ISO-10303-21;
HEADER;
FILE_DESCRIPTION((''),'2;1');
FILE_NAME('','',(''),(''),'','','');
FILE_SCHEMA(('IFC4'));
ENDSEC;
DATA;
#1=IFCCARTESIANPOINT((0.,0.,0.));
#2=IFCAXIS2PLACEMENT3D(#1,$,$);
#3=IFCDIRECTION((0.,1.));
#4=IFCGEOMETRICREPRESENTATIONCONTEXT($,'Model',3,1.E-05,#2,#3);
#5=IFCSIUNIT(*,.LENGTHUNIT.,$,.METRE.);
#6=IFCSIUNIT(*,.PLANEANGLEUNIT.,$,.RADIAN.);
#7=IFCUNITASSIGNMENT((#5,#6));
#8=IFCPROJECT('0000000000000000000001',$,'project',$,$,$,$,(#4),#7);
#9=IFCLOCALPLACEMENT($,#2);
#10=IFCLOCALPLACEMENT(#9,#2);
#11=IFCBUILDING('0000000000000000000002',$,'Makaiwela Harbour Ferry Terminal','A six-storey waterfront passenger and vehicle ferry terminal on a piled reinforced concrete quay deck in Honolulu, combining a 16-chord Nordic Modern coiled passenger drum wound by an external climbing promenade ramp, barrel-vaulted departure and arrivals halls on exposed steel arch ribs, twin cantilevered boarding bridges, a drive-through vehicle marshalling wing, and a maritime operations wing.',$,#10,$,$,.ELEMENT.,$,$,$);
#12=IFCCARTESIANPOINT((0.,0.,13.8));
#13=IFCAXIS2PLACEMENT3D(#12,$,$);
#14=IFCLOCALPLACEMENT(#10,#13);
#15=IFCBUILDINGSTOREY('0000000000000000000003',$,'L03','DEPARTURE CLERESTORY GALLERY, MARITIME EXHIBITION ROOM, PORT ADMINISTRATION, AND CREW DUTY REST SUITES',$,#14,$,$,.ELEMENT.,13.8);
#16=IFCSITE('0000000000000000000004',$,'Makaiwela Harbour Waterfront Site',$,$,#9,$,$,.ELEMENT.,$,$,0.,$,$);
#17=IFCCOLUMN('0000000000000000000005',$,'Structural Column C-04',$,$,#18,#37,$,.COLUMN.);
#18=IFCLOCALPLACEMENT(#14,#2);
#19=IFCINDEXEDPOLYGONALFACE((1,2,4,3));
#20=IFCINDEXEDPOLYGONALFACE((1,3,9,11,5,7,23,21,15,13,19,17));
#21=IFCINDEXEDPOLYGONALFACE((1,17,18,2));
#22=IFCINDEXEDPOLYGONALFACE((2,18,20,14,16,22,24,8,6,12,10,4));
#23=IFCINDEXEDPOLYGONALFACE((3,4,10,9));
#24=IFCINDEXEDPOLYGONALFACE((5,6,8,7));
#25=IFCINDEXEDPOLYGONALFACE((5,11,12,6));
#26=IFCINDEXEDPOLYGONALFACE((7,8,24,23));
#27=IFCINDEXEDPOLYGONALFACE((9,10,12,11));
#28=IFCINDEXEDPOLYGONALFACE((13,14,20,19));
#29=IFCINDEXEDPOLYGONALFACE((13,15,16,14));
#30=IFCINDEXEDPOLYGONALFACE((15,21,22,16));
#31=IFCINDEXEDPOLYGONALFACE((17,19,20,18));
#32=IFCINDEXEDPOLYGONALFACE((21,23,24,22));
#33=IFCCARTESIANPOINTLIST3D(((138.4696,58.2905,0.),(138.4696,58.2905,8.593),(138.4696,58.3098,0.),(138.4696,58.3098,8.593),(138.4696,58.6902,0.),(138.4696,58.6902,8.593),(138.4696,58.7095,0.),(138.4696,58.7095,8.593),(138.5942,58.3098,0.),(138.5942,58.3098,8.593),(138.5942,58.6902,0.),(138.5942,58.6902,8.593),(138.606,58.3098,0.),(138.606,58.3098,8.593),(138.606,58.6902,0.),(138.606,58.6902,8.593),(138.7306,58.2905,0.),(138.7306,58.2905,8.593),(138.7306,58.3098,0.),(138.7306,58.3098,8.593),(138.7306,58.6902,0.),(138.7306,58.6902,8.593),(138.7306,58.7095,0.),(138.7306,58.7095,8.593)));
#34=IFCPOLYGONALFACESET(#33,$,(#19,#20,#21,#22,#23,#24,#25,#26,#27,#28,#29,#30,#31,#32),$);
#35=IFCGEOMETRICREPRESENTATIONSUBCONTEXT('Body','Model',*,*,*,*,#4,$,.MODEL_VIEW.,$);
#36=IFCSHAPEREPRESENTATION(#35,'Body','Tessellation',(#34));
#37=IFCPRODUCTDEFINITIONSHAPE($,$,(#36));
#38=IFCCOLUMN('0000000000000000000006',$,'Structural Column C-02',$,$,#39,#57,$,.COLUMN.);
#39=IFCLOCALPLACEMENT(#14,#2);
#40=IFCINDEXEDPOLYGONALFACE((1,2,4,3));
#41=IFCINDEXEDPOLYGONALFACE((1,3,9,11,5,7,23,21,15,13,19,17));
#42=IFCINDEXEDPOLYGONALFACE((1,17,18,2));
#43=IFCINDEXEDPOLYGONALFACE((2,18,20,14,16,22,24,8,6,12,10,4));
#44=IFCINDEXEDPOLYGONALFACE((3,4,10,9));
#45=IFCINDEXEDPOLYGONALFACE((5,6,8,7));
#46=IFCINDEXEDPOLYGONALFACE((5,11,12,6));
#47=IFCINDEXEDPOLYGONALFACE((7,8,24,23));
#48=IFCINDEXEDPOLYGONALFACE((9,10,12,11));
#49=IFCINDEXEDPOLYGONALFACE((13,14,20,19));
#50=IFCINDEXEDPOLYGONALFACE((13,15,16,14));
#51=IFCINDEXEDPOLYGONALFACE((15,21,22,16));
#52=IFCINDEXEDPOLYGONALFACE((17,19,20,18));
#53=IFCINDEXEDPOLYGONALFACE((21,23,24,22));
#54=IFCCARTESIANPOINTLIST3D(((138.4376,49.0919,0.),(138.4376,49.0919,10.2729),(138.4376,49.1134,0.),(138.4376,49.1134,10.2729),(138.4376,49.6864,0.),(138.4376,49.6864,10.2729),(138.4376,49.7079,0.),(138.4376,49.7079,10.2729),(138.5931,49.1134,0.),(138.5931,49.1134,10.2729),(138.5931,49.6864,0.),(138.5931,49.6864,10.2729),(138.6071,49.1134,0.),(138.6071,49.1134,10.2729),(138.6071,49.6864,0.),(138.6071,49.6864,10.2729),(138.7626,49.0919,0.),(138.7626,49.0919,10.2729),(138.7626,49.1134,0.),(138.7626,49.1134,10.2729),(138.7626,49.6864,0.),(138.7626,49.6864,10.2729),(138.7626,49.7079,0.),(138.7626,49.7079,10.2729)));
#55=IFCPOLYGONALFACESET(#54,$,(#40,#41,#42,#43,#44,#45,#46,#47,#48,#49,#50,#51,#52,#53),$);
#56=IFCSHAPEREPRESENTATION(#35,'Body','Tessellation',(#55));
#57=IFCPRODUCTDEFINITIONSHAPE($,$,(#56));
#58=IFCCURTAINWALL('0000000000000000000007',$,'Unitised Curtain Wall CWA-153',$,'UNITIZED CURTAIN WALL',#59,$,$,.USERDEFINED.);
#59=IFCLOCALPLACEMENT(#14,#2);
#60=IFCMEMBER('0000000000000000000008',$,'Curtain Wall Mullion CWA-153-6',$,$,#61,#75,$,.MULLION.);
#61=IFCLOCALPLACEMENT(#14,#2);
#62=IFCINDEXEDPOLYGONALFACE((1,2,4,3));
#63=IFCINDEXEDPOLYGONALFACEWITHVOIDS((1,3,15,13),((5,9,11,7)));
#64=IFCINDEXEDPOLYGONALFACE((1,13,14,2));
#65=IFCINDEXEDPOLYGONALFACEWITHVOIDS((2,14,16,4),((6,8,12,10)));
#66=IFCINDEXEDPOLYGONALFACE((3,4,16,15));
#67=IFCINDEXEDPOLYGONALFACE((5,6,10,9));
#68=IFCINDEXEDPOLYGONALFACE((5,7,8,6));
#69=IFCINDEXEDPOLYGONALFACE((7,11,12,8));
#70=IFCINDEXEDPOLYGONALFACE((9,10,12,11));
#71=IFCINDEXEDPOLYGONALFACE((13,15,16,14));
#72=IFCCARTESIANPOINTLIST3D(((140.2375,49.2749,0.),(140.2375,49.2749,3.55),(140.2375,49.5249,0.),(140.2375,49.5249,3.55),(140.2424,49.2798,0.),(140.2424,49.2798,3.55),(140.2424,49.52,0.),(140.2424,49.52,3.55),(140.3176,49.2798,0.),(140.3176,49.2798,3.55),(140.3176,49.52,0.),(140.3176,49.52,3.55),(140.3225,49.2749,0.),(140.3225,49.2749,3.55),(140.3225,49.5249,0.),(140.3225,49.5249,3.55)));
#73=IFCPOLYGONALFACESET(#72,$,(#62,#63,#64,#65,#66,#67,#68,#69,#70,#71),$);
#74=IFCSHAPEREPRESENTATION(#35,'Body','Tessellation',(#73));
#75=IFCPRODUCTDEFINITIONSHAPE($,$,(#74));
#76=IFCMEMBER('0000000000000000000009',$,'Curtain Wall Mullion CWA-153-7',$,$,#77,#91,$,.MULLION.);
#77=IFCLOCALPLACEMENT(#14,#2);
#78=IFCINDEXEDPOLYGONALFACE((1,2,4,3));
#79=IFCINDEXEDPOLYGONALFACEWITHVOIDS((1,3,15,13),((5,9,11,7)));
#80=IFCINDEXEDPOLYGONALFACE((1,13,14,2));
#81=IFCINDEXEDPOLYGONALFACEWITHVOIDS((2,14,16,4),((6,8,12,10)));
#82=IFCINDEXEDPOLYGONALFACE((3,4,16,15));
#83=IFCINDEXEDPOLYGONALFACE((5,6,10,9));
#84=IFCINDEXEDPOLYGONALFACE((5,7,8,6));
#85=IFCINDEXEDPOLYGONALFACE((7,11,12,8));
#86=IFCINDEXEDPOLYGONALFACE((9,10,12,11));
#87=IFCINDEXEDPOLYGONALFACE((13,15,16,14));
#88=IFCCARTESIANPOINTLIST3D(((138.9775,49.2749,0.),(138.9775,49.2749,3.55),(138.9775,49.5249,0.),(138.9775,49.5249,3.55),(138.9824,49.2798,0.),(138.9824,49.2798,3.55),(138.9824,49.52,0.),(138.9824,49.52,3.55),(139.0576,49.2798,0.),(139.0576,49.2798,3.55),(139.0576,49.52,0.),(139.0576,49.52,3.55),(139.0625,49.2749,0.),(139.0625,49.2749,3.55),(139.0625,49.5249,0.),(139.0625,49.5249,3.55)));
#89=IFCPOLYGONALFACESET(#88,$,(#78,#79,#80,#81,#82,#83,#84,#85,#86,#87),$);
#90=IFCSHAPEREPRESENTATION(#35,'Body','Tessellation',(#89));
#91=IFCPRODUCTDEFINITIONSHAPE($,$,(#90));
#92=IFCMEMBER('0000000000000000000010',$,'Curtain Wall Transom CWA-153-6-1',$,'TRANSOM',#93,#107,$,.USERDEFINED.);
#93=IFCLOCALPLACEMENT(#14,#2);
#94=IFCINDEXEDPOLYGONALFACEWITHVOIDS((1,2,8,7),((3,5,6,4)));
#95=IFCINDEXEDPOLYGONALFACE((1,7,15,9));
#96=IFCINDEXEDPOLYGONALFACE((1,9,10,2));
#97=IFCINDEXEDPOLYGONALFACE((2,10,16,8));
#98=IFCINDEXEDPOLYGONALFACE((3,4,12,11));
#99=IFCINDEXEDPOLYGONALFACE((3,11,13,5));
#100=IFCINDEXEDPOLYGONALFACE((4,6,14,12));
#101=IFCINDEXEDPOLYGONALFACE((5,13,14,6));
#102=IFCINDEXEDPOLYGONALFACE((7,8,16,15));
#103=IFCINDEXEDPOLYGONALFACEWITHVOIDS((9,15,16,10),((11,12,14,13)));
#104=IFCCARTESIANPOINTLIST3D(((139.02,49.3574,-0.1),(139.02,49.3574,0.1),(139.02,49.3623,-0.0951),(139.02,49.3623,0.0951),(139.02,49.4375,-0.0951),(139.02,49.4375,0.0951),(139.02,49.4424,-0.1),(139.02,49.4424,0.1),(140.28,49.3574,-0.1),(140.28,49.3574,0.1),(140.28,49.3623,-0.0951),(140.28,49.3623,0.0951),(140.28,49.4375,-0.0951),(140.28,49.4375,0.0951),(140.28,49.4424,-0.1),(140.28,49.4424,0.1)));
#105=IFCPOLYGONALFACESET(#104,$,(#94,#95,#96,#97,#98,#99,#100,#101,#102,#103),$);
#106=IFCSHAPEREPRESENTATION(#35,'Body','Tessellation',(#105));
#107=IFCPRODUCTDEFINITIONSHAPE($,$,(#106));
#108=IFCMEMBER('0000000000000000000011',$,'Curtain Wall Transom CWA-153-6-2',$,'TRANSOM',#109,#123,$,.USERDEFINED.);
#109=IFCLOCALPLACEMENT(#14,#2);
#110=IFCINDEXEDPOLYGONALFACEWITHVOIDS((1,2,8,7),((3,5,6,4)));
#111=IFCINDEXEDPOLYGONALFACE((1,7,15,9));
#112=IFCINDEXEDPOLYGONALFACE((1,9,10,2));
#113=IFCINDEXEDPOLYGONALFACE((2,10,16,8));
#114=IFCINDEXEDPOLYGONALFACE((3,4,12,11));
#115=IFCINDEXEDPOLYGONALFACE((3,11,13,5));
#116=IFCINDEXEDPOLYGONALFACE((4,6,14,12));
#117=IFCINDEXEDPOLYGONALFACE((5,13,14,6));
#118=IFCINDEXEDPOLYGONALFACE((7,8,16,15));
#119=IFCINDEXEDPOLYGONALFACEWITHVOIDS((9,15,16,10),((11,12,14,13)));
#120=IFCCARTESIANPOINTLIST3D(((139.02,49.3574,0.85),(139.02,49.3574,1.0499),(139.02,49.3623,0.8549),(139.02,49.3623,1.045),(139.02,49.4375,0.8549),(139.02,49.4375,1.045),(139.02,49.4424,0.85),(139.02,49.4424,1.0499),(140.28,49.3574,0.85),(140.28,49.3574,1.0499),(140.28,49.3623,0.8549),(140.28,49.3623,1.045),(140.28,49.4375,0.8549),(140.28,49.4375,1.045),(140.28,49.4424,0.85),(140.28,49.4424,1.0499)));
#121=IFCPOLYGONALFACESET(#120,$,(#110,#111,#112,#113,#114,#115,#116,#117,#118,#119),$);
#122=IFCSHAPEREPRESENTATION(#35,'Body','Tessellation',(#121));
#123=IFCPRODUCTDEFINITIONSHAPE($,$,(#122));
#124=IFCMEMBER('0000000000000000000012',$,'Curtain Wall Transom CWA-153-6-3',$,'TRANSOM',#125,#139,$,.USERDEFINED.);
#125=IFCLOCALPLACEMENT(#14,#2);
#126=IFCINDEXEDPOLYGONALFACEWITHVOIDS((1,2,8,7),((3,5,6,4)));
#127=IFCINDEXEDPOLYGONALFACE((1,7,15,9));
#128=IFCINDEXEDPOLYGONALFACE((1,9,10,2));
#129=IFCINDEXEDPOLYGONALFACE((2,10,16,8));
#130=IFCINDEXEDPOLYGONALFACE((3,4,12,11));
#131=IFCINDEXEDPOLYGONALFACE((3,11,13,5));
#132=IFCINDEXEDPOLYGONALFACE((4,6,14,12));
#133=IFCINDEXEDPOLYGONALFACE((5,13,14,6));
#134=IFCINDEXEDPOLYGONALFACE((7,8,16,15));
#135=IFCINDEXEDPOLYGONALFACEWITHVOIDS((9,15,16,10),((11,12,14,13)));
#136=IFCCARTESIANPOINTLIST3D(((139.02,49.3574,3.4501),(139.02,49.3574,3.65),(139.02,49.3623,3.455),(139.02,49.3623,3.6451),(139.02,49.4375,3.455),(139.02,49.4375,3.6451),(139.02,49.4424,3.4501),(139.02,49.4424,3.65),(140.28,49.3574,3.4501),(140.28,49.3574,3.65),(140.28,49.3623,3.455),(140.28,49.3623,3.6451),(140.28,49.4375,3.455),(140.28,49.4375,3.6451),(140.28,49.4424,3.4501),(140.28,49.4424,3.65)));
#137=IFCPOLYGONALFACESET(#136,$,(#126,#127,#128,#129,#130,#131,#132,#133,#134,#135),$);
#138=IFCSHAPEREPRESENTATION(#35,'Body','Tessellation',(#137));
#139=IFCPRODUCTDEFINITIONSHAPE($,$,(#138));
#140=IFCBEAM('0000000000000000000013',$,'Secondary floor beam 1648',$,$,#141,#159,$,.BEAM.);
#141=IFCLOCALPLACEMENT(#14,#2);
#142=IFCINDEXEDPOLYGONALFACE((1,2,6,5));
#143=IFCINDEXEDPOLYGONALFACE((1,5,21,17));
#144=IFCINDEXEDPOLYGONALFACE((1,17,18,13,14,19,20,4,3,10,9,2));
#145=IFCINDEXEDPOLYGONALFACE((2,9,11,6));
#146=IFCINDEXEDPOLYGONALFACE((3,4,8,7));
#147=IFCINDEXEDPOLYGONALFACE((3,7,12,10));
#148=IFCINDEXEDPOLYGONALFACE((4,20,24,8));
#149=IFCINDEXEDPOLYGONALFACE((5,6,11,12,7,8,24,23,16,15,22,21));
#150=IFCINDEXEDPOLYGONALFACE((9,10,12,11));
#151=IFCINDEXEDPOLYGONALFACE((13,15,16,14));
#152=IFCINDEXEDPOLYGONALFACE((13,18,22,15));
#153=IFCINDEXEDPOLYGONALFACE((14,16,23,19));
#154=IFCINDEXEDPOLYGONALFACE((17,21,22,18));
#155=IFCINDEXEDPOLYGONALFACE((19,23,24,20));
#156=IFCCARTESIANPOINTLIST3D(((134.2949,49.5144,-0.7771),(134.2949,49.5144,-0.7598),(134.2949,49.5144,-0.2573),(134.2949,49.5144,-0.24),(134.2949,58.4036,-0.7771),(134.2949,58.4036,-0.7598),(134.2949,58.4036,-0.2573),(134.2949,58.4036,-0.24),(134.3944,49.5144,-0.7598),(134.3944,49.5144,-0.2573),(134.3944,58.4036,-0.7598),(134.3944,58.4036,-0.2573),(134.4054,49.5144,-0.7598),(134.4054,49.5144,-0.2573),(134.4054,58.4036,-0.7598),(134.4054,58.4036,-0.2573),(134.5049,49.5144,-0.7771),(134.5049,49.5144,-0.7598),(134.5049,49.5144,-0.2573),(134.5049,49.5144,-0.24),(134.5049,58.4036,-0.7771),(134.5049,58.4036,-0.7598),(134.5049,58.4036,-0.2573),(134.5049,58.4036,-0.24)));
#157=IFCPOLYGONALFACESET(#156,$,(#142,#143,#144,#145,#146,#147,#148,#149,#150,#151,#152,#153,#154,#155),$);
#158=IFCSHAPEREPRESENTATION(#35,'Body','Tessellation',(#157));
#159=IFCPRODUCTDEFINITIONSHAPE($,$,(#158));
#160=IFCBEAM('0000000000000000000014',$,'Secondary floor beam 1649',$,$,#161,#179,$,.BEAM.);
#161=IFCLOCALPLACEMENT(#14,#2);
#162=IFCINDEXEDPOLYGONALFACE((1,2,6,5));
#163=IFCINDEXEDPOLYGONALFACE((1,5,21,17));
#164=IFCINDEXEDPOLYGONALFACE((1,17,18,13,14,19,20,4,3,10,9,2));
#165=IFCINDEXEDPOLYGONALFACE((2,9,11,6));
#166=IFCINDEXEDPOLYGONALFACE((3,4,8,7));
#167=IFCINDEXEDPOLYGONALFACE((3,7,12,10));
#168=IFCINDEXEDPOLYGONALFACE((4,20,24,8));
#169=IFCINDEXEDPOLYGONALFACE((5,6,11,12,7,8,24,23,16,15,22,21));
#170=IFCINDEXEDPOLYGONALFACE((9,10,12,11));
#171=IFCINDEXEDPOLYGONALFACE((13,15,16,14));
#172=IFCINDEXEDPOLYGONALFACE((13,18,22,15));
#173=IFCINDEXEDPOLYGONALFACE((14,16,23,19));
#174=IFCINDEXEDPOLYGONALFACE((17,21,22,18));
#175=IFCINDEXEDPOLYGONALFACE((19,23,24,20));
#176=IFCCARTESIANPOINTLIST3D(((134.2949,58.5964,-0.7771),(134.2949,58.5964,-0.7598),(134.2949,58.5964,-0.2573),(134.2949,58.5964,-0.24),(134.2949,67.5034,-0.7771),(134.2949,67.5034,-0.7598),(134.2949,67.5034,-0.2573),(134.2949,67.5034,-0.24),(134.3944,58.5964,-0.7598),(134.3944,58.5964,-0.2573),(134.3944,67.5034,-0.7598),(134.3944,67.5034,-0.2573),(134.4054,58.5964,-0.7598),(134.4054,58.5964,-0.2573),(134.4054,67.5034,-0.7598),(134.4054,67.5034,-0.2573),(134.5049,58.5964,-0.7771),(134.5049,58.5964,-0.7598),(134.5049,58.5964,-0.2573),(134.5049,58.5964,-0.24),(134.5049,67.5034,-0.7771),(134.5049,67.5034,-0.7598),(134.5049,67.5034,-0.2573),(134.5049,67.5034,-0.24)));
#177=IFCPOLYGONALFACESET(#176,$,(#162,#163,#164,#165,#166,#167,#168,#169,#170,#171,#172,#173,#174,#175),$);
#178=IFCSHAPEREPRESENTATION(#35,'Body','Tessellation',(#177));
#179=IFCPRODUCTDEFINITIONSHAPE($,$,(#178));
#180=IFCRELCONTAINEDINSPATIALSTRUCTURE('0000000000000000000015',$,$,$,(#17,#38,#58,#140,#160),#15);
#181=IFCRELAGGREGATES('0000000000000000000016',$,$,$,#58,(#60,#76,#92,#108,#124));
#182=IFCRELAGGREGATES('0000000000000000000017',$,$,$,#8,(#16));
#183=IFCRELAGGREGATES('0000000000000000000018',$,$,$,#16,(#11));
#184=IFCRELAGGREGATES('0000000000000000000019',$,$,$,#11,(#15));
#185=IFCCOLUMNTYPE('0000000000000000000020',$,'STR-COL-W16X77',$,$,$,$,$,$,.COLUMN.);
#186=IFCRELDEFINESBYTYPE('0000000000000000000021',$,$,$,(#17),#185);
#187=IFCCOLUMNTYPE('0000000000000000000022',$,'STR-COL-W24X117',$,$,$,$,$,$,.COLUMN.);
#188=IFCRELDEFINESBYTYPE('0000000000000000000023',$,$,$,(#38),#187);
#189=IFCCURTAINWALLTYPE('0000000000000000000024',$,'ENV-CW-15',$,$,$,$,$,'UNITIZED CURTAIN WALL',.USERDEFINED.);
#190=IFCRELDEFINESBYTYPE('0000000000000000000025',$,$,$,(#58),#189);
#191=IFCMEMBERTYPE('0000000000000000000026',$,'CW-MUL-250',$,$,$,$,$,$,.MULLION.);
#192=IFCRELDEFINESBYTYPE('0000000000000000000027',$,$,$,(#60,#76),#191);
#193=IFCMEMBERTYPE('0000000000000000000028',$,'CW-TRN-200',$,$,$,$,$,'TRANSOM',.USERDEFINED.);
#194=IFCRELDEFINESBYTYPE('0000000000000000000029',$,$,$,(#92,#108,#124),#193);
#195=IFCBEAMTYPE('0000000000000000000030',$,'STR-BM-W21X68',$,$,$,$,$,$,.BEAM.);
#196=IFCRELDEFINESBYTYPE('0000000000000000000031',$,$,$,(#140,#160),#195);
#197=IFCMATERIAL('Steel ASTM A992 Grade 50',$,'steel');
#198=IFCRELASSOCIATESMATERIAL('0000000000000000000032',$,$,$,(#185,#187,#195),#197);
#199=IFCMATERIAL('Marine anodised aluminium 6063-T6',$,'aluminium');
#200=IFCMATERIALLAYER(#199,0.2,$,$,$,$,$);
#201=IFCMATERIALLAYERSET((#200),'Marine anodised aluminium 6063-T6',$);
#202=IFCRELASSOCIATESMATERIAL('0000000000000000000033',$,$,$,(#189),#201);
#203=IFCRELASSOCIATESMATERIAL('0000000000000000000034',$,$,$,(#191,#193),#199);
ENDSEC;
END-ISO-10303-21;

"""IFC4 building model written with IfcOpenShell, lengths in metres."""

from ifc_helpers import new_model, si_unit, direction, frame, origin, origin_2d, place, context, subcontext, project, spatial, hollow_rectangle, i_section, extrude, material, layer, layer_set, material_profile, profile_set, type_object, element, aggregate, save


model = new_model("IFC4")

# Units and contexts
model_context = context("Model", 3, precision=1e-05, world=origin(), true_north=direction((0.0, 1.0)))
body_context = subcontext(model_context, "Body", "Model", "MODEL_VIEW")
ifc_project = project(units=[si_unit("LENGTHUNIT", "METRE"), si_unit("PLANEANGLEUNIT", "RADIAN")], contexts=[model_context])

# Site, building, storey
site_placement = place(None, origin())
site = spatial("IfcSite", under=ifc_project, at=site_placement, Name="Makaiwela Harbour Waterfront Site", CompositionType="ELEMENT", RefElevation=0.0)
building_placement = place(site_placement, origin())
building = spatial("IfcBuilding", under=site, at=building_placement, Name="Makaiwela Harbour Ferry Terminal", Description="A six-storey waterfront passenger and vehicle ferry terminal on a piled reinforced concrete quay deck in Honolulu, combining a 16-chord Nordic Modern coiled passenger drum wound by an external climbing promenade ramp, barrel-vaulted departure and arrivals halls on exposed steel arch ribs, twin cantilevered boarding bridges, a drive-through vehicle marshalling wing, and a maritime operations wing.", CompositionType="ELEMENT")
storey_placement = place(building_placement, frame((0.0, 0.0, 13.8)))
storey = spatial("IfcBuildingStorey", under=building, at=storey_placement, Name="L03", Description="DEPARTURE CLERESTORY GALLERY, MARITIME EXHIBITION ROOM, PORT ADMINISTRATION, AND CREW DUTY REST SUITES", CompositionType="ELEMENT", Elevation=13.8)

# Columns
ifc_material_1 = material(Name="Steel ASTM A992 Grade 50", Category="steel")
ifc_material_profile_1 = material_profile(ifc_material_1, i_section(OverallWidth=0.261, OverallDepth=0.4189, WebThickness=0.0117, FlangeThickness=0.0193, at=origin_2d()), Name="W16X77")
ifc_profile_set_1 = profile_set([ifc_material_profile_1], Name="Steel ASTM A992 Grade 50")
column_type_1 = type_object("IfcColumnType", Name="STR-COL-W16X77", PredefinedType="COLUMN", material=ifc_profile_set_1)
column_1_placement = place(storey_placement, frame((138.6001, 58.5, 0.0), z_axis=(0.0, 0.0, 1.0), x_axis=(1.0, 0.0, 0.0)))
element("IfcColumn", 1, at=column_1_placement, inside=storey, type_object=column_type_1, Name="Structural Column C-04", PredefinedType="COLUMN", context=body_context, shape_type="SweptSolid", body=[
    extrude(i_section(OverallWidth=0.261, OverallDepth=0.4189, WebThickness=0.0117, FlangeThickness=0.0193, at=origin_2d()), origin(), (0.0, 0.0, 1.0), 8.593),
])
ifc_material_profile_2 = material_profile(ifc_material_1, i_section(OverallWidth=0.325, OverallDepth=0.616, WebThickness=0.0139, FlangeThickness=0.0215, at=origin_2d()), Name="W24X117")
ifc_profile_set_2 = profile_set([ifc_material_profile_2], Name="Steel ASTM A992 Grade 50")
column_type_2 = type_object("IfcColumnType", Name="STR-COL-W24X117", PredefinedType="COLUMN", material=ifc_profile_set_2)
column_2_placement = place(storey_placement, frame((138.6001, 49.3999, 0.0), z_axis=(0.0, 0.0, 1.0), x_axis=(1.0, 0.0, 0.0)))
element("IfcColumn", 2, at=column_2_placement, inside=storey, type_object=column_type_2, Name="Structural Column C-02", PredefinedType="COLUMN", context=body_context, shape_type="SweptSolid", body=[
    extrude(i_section(OverallWidth=0.325, OverallDepth=0.616, WebThickness=0.0139, FlangeThickness=0.0215, at=origin_2d()), origin(), (0.0, 0.0, 1.0), 10.2729),
])

# Curtain wall, members
ifc_material_2 = material(Name="Marine anodised aluminium 6063-T6", Category="aluminium")
ifc_layer_1 = layer(ifc_material_2, 0.2)
ifc_layer_set_1 = layer_set([ifc_layer_1], Name="Marine anodised aluminium 6063-T6")
curtain_wall_type = type_object("IfcCurtainWallType", Name="ENV-CW-15", ElementType="UNITIZED CURTAIN WALL", PredefinedType="USERDEFINED", material=ifc_layer_set_1)
curtain_wall_placement = place(storey_placement, origin())
curtain_wall = element("IfcCurtainWall", 3, at=curtain_wall_placement, inside=storey, type_object=curtain_wall_type, Name="Unitised Curtain Wall CWA-153", ObjectType="UNITIZED CURTAIN WALL", PredefinedType="USERDEFINED")
ifc_material_profile_3 = material_profile(ifc_material_2, hollow_rectangle(XDim=0.085, YDim=0.25, WallThickness=0.0049, at=origin_2d()), Name="CWM-250X85")
ifc_profile_set_3 = profile_set([ifc_material_profile_3], Name="Marine anodised aluminium 6063-T6")
member_type_1 = type_object("IfcMemberType", Name="CW-MUL-250", PredefinedType="MULLION", material=ifc_profile_set_3)
member_1_placement = place(storey_placement, frame((140.28, 49.3999, 0.0), z_axis=(0.0, 0.0, 1.0), x_axis=(1.0, 0.0, 0.0)))
member_1 = element("IfcMember", 4, at=member_1_placement, type_object=member_type_1, Name="Curtain Wall Mullion CWA-153-6", PredefinedType="MULLION", context=body_context, shape_type="SweptSolid", body=[
    extrude(hollow_rectangle(XDim=0.085, YDim=0.25, WallThickness=0.0049, at=origin_2d()), origin(), (0.0, 0.0, 1.0), 3.55),
])
member_2_placement = place(storey_placement, frame((139.02, 49.3999, 0.0), z_axis=(0.0, 0.0, 1.0), x_axis=(1.0, 0.0, 0.0)))
member_2 = element("IfcMember", 5, at=member_2_placement, type_object=member_type_1, Name="Curtain Wall Mullion CWA-153-7", PredefinedType="MULLION", context=body_context, shape_type="SweptSolid", body=[
    extrude(hollow_rectangle(XDim=0.085, YDim=0.25, WallThickness=0.0049, at=origin_2d()), origin(), (0.0, 0.0, 1.0), 3.55),
])
ifc_material_profile_4 = material_profile(ifc_material_2, hollow_rectangle(XDim=0.085, YDim=0.2, WallThickness=0.0049, at=origin_2d()), Name="CWT-200X85")
ifc_profile_set_4 = profile_set([ifc_material_profile_4], Name="Marine anodised aluminium 6063-T6")
member_type_2 = type_object("IfcMemberType", Name="CW-TRN-200", ElementType="TRANSOM", PredefinedType="USERDEFINED", material=ifc_profile_set_4)
member_3_placement = place(storey_placement, frame((140.28, 49.3999, 0.0), z_axis=(-1.0, 0.0, 0.0), x_axis=(0.0, -1.0, 0.0)))
member_3 = element("IfcMember", 6, at=member_3_placement, type_object=member_type_2, Name="Curtain Wall Transom CWA-153-6-1", ObjectType="TRANSOM", PredefinedType="USERDEFINED", context=body_context, shape_type="SweptSolid", body=[
    extrude(hollow_rectangle(XDim=0.085, YDim=0.2, WallThickness=0.0049, at=origin_2d()), origin(), (0.0, 0.0, 1.0), 1.26),
])
member_4_placement = place(storey_placement, frame((140.28, 49.3999, 0.95), z_axis=(-1.0, 0.0, 0.0), x_axis=(0.0, -1.0, 0.0)))
member_4 = element("IfcMember", 7, at=member_4_placement, type_object=member_type_2, Name="Curtain Wall Transom CWA-153-6-2", ObjectType="TRANSOM", PredefinedType="USERDEFINED", context=body_context, shape_type="SweptSolid", body=[
    extrude(hollow_rectangle(XDim=0.085, YDim=0.2, WallThickness=0.0049, at=origin_2d()), origin(), (0.0, 0.0, 1.0), 1.26),
])
member_5_placement = place(storey_placement, frame((140.28, 49.3999, 3.55), z_axis=(-1.0, 0.0, 0.0), x_axis=(0.0, -1.0, 0.0)))
member_5 = element("IfcMember", 8, at=member_5_placement, type_object=member_type_2, Name="Curtain Wall Transom CWA-153-6-3", ObjectType="TRANSOM", PredefinedType="USERDEFINED", context=body_context, shape_type="SweptSolid", body=[
    extrude(hollow_rectangle(XDim=0.085, YDim=0.2, WallThickness=0.0049, at=origin_2d()), origin(), (0.0, 0.0, 1.0), 1.26),
])

# Beams
ifc_material_profile_5 = material_profile(ifc_material_1, i_section(OverallWidth=0.21, OverallDepth=0.5371, WebThickness=0.011, FlangeThickness=0.0173, at=origin_2d()), Name="W21X68")
ifc_profile_set_5 = profile_set([ifc_material_profile_5], Name="Steel ASTM A992 Grade 50")
beam_type_1 = type_object("IfcBeamType", Name="STR-BM-W21X68", PredefinedType="BEAM", material=ifc_profile_set_5)
beam_1_placement = place(storey_placement, frame((134.3999, 49.5144, -0.5085), z_axis=(0.0, 1.0, 0.0), x_axis=(-1.0, 0.0, 0.0)))
element("IfcBeam", 9, at=beam_1_placement, inside=storey, type_object=beam_type_1, Name="Secondary floor beam 1648", PredefinedType="BEAM", context=body_context, shape_type="SweptSolid", body=[
    extrude(i_section(OverallWidth=0.21, OverallDepth=0.5371, WebThickness=0.011, FlangeThickness=0.0173, at=origin_2d()), origin(), (0.0, 0.0, 1.0), 8.8892),
])
beam_2_placement = place(storey_placement, frame((134.3999, 58.5964, -0.5085), z_axis=(0.0, 1.0, 0.0), x_axis=(-1.0, 0.0, 0.0)))
element("IfcBeam", 10, at=beam_2_placement, inside=storey, type_object=beam_type_1, Name="Secondary floor beam 1649", PredefinedType="BEAM", context=body_context, shape_type="SweptSolid", body=[
    extrude(i_section(OverallWidth=0.21, OverallDepth=0.5371, WebThickness=0.011, FlangeThickness=0.0173, at=origin_2d()), origin(), (0.0, 0.0, 1.0), 8.907),
])

aggregate(curtain_wall, [member_1, member_2, member_3, member_4, member_5])

save(model, "model.ifc")
